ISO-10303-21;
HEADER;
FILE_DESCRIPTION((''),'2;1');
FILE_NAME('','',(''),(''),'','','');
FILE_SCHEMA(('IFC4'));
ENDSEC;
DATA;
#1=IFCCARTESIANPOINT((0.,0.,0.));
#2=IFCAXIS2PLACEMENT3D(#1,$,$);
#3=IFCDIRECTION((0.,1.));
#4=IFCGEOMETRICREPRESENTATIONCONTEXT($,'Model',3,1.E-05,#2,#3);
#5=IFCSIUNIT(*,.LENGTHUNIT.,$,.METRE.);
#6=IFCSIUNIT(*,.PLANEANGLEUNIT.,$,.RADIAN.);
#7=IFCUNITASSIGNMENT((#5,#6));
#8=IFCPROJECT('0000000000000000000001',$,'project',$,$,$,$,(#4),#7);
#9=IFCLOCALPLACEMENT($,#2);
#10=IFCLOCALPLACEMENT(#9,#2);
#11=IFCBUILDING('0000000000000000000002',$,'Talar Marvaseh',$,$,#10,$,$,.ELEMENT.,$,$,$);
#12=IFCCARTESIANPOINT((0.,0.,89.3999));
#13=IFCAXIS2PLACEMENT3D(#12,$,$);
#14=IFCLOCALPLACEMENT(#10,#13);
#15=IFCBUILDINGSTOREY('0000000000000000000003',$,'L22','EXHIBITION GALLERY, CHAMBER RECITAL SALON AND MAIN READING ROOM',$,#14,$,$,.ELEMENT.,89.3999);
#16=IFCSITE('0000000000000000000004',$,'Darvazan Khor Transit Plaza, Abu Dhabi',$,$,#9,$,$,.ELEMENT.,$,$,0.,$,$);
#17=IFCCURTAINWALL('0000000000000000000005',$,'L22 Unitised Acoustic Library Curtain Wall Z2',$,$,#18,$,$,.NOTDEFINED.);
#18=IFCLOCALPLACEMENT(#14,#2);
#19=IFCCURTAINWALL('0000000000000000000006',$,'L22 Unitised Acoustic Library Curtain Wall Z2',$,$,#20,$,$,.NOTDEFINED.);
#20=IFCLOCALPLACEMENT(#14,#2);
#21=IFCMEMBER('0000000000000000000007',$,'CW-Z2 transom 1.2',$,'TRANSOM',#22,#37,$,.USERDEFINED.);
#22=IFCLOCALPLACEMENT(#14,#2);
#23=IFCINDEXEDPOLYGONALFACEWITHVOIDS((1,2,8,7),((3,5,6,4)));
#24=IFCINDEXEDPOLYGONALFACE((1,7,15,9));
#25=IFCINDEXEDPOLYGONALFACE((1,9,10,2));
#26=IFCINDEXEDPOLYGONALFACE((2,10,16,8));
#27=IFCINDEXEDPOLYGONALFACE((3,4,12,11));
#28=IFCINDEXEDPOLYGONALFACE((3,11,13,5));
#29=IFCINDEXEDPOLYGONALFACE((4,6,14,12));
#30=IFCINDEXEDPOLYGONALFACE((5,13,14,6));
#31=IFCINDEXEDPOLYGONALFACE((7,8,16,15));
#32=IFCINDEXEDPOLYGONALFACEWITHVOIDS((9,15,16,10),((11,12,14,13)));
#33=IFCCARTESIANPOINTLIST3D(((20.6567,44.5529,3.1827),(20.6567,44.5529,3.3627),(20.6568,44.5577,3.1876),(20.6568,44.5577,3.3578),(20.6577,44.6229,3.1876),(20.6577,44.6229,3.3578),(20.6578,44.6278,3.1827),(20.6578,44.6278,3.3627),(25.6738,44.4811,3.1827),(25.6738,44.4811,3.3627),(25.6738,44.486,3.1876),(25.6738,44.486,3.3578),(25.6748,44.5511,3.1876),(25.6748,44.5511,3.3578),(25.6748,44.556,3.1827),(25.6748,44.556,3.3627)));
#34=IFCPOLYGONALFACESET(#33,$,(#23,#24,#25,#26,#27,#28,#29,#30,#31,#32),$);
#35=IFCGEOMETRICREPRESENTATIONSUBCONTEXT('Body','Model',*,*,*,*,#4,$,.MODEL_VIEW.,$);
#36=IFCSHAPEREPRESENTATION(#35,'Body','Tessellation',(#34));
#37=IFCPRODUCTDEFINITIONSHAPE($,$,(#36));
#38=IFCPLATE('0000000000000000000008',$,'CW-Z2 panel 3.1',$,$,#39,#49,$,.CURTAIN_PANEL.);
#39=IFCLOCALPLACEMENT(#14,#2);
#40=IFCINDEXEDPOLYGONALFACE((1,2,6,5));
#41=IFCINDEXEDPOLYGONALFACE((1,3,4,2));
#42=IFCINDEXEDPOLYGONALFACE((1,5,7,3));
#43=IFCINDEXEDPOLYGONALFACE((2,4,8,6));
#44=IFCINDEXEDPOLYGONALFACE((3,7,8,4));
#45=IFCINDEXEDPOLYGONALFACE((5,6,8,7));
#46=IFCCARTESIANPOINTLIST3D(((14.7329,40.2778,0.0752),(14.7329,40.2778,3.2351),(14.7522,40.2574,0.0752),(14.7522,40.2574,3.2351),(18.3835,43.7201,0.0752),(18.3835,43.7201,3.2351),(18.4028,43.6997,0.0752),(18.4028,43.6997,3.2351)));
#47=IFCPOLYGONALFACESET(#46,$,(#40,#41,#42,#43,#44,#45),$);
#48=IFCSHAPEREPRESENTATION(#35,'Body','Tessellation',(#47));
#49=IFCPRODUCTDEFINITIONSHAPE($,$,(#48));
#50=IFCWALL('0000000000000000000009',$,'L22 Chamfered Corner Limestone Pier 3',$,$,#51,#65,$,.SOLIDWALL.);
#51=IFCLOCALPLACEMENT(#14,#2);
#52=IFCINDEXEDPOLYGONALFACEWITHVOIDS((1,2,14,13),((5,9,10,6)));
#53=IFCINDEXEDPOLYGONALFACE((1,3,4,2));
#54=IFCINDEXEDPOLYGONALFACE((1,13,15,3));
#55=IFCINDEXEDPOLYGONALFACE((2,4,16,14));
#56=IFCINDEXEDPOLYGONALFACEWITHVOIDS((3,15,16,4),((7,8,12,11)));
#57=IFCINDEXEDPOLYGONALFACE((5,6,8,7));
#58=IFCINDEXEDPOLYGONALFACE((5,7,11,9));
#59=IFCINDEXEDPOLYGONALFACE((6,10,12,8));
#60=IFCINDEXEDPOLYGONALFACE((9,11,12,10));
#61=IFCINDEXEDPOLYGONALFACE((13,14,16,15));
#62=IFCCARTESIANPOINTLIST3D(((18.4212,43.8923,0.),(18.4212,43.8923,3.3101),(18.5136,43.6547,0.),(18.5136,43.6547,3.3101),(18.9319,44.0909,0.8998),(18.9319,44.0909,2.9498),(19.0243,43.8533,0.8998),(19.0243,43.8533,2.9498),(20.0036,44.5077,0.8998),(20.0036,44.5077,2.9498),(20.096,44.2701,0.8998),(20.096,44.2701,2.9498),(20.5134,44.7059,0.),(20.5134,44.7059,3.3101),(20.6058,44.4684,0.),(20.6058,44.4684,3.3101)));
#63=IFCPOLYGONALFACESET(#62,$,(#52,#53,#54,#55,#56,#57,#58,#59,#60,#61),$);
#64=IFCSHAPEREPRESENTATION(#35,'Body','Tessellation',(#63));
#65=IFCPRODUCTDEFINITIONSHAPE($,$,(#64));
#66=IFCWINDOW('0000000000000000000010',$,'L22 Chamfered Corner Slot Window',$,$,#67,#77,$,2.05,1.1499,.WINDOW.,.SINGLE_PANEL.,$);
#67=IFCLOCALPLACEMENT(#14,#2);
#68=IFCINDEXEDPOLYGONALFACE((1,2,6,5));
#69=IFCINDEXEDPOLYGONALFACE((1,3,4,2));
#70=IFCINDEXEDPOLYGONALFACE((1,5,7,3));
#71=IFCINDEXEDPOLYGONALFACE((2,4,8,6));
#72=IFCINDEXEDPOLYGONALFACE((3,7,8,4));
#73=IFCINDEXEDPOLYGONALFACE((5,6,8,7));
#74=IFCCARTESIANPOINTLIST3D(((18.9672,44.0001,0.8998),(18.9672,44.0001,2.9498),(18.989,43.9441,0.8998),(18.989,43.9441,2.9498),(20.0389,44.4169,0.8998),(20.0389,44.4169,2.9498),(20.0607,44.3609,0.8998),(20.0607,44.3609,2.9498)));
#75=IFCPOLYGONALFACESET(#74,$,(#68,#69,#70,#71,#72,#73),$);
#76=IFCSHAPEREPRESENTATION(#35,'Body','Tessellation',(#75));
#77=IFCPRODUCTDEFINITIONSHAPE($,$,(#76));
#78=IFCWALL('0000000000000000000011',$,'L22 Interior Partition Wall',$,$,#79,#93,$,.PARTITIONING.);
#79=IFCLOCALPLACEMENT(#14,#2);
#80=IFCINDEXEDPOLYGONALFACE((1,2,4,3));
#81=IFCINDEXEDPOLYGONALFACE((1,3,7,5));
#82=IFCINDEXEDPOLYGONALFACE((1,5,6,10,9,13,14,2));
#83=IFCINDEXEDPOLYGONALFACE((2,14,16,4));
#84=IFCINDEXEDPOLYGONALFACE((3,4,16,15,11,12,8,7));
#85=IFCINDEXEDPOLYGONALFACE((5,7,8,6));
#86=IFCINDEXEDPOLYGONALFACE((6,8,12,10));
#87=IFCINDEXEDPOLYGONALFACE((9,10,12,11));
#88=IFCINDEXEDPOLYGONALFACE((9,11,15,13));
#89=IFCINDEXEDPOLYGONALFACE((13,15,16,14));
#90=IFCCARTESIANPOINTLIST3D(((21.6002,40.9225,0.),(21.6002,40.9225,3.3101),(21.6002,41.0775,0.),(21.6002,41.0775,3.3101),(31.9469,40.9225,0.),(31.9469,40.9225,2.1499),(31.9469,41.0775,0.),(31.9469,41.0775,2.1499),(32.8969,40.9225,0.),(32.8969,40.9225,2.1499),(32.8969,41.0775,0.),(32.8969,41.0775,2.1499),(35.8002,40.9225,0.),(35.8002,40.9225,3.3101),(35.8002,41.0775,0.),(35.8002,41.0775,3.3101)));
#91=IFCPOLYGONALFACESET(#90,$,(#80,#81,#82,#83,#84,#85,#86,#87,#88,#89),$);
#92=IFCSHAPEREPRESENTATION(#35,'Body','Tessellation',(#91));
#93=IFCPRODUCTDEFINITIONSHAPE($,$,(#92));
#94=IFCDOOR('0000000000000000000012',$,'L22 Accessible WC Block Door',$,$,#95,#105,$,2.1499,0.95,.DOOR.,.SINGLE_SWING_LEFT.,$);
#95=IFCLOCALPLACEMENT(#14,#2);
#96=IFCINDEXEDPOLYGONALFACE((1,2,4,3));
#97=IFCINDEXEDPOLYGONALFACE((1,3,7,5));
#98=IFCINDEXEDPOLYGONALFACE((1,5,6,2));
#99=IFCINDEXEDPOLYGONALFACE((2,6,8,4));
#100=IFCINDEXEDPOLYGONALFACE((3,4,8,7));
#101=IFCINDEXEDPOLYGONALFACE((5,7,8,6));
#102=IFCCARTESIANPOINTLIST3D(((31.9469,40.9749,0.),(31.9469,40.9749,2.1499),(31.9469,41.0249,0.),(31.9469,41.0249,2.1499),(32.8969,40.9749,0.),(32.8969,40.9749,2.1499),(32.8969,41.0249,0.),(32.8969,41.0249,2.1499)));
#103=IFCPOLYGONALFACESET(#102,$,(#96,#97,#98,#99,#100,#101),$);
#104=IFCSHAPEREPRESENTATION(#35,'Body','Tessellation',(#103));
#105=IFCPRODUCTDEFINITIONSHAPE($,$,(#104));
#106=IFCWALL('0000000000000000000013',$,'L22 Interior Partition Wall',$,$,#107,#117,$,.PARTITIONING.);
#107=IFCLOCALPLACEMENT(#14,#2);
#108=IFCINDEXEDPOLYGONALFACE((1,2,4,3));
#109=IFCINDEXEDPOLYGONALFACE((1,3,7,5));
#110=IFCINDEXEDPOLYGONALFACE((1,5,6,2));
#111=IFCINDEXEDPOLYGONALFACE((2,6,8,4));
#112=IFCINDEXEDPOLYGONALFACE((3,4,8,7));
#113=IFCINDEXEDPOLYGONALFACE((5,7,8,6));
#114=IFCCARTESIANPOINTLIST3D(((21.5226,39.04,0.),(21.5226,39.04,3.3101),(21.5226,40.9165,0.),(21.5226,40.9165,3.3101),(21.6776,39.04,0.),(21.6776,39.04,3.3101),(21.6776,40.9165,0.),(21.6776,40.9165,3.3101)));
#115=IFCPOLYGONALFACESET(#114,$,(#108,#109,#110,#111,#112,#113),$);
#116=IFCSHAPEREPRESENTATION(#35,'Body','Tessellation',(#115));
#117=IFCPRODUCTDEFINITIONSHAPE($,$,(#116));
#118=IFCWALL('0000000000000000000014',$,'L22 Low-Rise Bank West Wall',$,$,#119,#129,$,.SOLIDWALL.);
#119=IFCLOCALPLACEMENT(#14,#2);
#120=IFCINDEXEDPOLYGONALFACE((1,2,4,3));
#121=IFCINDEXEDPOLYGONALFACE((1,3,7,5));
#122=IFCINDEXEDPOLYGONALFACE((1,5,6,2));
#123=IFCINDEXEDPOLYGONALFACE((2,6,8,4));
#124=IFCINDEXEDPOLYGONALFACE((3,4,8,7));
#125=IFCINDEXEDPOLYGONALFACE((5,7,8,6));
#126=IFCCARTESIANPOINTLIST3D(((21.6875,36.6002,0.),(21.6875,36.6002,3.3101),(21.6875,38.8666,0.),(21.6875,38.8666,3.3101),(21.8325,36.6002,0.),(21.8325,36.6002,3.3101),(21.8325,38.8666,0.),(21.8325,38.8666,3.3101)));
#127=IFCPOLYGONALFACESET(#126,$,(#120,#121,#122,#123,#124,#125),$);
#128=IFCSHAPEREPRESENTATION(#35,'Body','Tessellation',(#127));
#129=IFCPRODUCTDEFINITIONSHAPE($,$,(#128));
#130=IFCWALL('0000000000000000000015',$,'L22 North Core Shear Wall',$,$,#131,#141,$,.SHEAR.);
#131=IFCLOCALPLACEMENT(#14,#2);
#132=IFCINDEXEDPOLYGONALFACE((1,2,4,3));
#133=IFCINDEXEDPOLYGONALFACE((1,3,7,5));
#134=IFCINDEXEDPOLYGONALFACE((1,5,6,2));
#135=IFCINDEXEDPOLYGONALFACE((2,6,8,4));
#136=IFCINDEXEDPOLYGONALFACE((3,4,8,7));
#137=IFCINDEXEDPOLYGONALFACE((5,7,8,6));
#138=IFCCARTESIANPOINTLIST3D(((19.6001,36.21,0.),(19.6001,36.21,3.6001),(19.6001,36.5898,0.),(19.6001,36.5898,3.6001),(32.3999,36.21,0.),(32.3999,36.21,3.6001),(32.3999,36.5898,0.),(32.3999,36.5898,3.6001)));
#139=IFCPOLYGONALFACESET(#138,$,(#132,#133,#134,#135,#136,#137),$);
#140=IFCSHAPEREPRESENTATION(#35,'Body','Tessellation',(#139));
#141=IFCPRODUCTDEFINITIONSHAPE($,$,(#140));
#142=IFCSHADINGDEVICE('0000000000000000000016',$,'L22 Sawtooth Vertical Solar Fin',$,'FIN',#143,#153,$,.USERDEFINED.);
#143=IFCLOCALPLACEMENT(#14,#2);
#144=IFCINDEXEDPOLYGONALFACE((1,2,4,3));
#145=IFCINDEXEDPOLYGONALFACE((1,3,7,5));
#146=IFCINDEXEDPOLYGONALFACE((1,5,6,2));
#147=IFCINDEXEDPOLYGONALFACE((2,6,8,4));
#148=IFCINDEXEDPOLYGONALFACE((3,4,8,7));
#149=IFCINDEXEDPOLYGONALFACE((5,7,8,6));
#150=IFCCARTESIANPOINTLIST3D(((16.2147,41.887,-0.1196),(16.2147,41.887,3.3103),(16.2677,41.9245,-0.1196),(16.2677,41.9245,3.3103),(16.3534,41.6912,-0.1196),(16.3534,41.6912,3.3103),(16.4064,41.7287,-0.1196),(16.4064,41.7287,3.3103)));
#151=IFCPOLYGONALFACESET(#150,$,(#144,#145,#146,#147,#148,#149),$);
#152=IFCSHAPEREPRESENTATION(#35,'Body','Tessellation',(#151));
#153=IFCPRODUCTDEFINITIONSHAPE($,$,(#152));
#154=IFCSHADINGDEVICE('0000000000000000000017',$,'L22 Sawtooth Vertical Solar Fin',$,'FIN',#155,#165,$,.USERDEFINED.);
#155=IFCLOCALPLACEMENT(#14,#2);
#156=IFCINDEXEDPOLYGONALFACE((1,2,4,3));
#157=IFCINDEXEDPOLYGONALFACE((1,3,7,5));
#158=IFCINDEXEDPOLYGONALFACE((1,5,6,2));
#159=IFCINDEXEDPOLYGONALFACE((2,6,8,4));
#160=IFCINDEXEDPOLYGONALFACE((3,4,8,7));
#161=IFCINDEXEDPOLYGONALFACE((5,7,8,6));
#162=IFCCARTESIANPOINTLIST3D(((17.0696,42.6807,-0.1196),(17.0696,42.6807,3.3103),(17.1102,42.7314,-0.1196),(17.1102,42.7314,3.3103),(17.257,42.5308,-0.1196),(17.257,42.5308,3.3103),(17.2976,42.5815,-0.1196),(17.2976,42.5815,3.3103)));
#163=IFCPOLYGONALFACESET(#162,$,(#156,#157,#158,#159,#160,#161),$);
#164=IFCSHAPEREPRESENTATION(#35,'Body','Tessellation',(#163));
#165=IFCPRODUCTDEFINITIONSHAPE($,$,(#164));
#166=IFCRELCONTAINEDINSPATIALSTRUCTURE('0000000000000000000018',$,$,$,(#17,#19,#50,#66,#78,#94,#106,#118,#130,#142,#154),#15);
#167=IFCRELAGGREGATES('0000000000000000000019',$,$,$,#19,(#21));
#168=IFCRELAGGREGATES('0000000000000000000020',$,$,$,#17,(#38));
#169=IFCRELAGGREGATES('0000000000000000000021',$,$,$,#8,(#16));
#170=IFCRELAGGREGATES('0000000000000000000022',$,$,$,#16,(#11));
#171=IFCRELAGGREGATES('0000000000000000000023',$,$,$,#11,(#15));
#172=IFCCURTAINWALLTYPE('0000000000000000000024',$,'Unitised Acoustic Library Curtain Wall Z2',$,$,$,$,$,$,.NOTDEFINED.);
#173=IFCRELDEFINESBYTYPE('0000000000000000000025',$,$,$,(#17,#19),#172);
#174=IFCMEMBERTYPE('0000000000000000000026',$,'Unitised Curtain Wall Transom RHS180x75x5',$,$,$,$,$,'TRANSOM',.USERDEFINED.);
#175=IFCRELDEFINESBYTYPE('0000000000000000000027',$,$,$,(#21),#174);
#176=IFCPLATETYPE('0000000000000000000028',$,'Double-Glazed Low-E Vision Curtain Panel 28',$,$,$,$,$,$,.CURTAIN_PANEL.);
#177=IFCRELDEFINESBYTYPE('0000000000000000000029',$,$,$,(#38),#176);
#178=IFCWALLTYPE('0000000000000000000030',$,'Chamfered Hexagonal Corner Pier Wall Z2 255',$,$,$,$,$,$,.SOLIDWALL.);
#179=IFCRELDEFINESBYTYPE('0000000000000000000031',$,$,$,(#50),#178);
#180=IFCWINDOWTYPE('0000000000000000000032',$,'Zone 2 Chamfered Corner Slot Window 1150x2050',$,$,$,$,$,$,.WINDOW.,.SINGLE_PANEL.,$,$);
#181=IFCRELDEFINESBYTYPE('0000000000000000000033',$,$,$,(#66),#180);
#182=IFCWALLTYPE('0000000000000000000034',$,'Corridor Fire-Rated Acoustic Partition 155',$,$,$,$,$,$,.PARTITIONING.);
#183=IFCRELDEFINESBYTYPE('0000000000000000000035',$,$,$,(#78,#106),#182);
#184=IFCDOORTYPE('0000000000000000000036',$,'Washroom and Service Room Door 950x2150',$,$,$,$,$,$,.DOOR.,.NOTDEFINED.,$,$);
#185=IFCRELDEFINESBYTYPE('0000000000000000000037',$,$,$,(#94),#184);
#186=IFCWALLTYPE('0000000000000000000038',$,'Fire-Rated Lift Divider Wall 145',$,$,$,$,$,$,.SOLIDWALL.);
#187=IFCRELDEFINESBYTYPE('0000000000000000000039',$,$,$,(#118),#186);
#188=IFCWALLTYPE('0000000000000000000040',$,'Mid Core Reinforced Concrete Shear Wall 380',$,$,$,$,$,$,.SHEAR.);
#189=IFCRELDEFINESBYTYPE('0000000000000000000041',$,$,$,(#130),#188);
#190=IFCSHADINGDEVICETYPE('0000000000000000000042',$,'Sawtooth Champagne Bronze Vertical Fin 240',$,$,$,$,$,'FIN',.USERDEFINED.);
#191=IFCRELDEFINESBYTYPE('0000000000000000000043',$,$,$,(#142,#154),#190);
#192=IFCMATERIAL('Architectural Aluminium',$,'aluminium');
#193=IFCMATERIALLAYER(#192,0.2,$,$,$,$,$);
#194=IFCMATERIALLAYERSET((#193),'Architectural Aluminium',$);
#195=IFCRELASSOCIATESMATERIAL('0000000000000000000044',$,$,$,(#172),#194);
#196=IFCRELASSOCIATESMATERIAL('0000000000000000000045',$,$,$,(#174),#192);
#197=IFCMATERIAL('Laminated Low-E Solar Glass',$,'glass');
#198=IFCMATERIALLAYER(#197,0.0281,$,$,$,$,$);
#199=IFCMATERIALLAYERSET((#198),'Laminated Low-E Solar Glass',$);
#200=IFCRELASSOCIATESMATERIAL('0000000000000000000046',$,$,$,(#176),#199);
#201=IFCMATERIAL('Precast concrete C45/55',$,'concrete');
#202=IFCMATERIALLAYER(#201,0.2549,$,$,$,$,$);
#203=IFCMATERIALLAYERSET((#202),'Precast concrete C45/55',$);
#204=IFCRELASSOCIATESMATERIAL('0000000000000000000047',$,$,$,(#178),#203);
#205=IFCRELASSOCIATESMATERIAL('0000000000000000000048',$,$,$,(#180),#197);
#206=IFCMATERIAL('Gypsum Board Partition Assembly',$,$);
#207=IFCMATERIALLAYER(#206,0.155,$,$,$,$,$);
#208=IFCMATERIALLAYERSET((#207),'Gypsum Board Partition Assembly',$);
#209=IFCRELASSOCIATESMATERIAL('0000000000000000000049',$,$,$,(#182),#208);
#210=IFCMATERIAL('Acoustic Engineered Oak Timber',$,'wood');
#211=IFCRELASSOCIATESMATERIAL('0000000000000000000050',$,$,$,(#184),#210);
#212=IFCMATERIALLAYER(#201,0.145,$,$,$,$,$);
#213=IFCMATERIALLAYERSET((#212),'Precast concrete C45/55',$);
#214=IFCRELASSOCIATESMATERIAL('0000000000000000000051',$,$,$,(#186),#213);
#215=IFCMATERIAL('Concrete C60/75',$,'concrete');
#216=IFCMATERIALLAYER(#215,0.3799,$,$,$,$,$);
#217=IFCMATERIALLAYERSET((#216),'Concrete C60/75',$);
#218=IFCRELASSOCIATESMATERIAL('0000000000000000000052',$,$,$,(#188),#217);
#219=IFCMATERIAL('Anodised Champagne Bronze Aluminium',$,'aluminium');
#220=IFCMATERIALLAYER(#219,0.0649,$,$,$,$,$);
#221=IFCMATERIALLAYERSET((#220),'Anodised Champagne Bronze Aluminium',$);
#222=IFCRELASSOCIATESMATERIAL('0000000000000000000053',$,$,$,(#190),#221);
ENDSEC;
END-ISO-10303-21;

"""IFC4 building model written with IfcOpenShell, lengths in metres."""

from ifc_helpers import new_model, si_unit, direction, frame, frame_2d, origin, origin_2d, place, context, subcontext, project, spatial, rectangle, hollow_rectangle, extrude, source, transform, mapped, material, layer, layer_set, material_profile, profile_set, type_object, type_shapes, element, fill, aggregate, save


model = new_model("IFC4")

# Units and contexts
model_context = context("Model", 3, precision=1e-05, world=origin(), true_north=direction((0.0, 1.0)))
body_context = subcontext(model_context, "Body", "Model", "MODEL_VIEW")
ifc_project = project(units=[si_unit("LENGTHUNIT", "METRE"), si_unit("PLANEANGLEUNIT", "RADIAN")], contexts=[model_context])

# Site, building, storey
site_placement = place(None, origin())
site = spatial("IfcSite", under=ifc_project, at=site_placement, Name="Darvazan Khor Transit Plaza, Abu Dhabi", CompositionType="ELEMENT", RefElevation=0.0)
building_placement = place(site_placement, origin())
building = spatial("IfcBuilding", under=site, at=building_placement, Name="Talar Marvaseh", CompositionType="ELEMENT")
storey_placement = place(building_placement, frame((0.0, 0.0, 89.3999)))
storey = spatial("IfcBuildingStorey", under=building, at=storey_placement, Name="L22", Description="EXHIBITION GALLERY, CHAMBER RECITAL SALON AND MAIN READING ROOM", CompositionType="ELEMENT", Elevation=89.3999)

# Shared definitions
ifc_material_1 = material(Name="Concrete C60/75", Category="concrete")

# Curtain wall
ifc_material_2 = material(Name="Architectural Aluminium", Category="aluminium")
ifc_layer_1 = layer(ifc_material_2, 0.2)
ifc_layer_set_1 = layer_set([ifc_layer_1], Name="Architectural Aluminium")
curtain_wall_type = type_object("IfcCurtainWallType", Name="Unitised Acoustic Library Curtain Wall Z2", PredefinedType="NOTDEFINED", material=ifc_layer_set_1)
curtain_wall_1_placement = place(storey_placement, origin())
curtain_wall_1 = element("IfcCurtainWall", 1, at=curtain_wall_1_placement, inside=storey, type_object=curtain_wall_type, Name="L22 Unitised Acoustic Library Curtain Wall Z2", PredefinedType="NOTDEFINED")

# Curtain wall, member
curtain_wall_2_placement = place(storey_placement, origin())
curtain_wall_2 = element("IfcCurtainWall", 2, at=curtain_wall_2_placement, inside=storey, type_object=curtain_wall_type, Name="L22 Unitised Acoustic Library Curtain Wall Z2", PredefinedType="NOTDEFINED")
ifc_material_profile_1 = material_profile(ifc_material_2, hollow_rectangle(XDim=0.075, YDim=0.1799, WallThickness=0.0049, at=origin_2d()), Name="RHS180x75x5")
ifc_profile_set_1 = profile_set([ifc_material_profile_1], Name="Architectural Aluminium")
member_type_1 = type_object("IfcMemberType", Name="Unitised Curtain Wall Transom RHS180x75x5", ElementType="TRANSOM", PredefinedType="USERDEFINED", material=ifc_profile_set_1)
shared_shape_1 = source(origin(), body_context, "Body", "SweptSolid", [
    extrude(hollow_rectangle(XDim=0.075, YDim=0.1799, WallThickness=0.0049, at=origin_2d()), origin(), (0.0, 0.0, 1.0), 5.0176),
])
type_shapes(member_type_1, [shared_shape_1])
member_1_placement = place(storey_placement, frame((20.6572, 44.5903, 3.2727), z_axis=(0.999898, -0.014305, 0.0), x_axis=(0.014305, 0.999898, 0.0)))
member_1 = element("IfcMember", 3, at=member_1_placement, type_object=member_type_1, Name="CW-Z2 transom 1.2", ObjectType="TRANSOM", PredefinedType="USERDEFINED", context=body_context, shape_type="MappedRepresentation", body=[
    mapped(shared_shape_1, transform((0.0, 0.0, 0.0), x_axis=(1.0, 0.0, 0.0), y_axis=(0.0, 1.0, 0.0), z_axis=(0.0, 0.0, 1.0), scale=1.0)),
])
aggregate(curtain_wall_2, [member_1])

# Plate
ifc_material_3 = material(Name="Laminated Low-E Solar Glass", Category="glass")
ifc_layer_2 = layer(ifc_material_3, 0.0281)
ifc_layer_set_2 = layer_set([ifc_layer_2], Name="Laminated Low-E Solar Glass")
plate_type = type_object("IfcPlateType", Name="Double-Glazed Low-E Vision Curtain Panel 28", PredefinedType="CURTAIN_PANEL", material=ifc_layer_set_2)
shared_shape_2 = source(origin(), body_context, "Body", "SweptSolid", [
    extrude(rectangle(XDim=5.0176, YDim=0.0281, at=origin_2d()), origin(), (0.0, 0.0, 1.0), 3.1599),
])
type_shapes(plate_type, [shared_shape_2])
plate_placement = place(storey_placement, frame((16.5679, 41.9888, 0.0752), z_axis=(0.0, 0.0, 1.0), x_axis=(0.727559, 0.686045, 0.0)))
plate = element("IfcPlate", 4, at=plate_placement, type_object=plate_type, Name="CW-Z2 panel 3.1", PredefinedType="CURTAIN_PANEL", context=body_context, shape_type="MappedRepresentation", body=[
    mapped(shared_shape_2, transform((0.0, 0.0, 0.0), x_axis=(1.0, 0.0, 0.0), y_axis=(0.0, 1.0, 0.0), z_axis=(0.0, 0.0, 1.0), scale=1.0)),
])
aggregate(curtain_wall_1, [plate])

# Wall, opening, window
ifc_material_4 = material(Name="Precast concrete C45/55", Category="concrete")
ifc_layer_3 = layer(ifc_material_4, 0.2549)
ifc_layer_set_3 = layer_set([ifc_layer_3], Name="Precast concrete C45/55")
wall_type_1 = type_object("IfcWallType", Name="Chamfered Hexagonal Corner Pier Wall Z2 255", PredefinedType="SOLIDWALL", material=ifc_layer_set_3)
wall_1_placement = place(storey_placement, frame((18.4673, 43.7734, 0.0), z_axis=(0.0, 0.0, 1.0), x_axis=(0.931997, 0.362467, 0.0)))
wall_1 = element("IfcWall", 5, at=wall_1_placement, inside=storey, type_object=wall_type_1, Name="L22 Chamfered Corner Limestone Pier 3", PredefinedType="SOLIDWALL", context=body_context, shape_type="SweptSolid", body=[
    extrude(rectangle(XDim=2.2449, YDim=0.2549, at=frame_2d((1.1226, 0.0))), origin(), (0.0, 0.0, 1.0), 3.3101),
])
opening_1_placement = place(wall_1_placement, frame((0.5481, 0.0, 0.8999)))
opening_1 = element("IfcOpeningElement", 6, at=opening_1_placement, cuts=wall_1, PredefinedType="OPENING", context=body_context, shape_type="SweptSolid", body=[
    extrude(rectangle(XDim=1.1499, YDim=2.05, at=frame_2d((0.575, 1.0249))), frame((0.0, 0.1375, 0.0), z_axis=(0.0, -1.0, 0.0), x_axis=(1.0, 0.0, 0.0)), (0.0, 0.0, 1.0), 0.2749),
])
window_type = type_object("IfcWindowType", Name="Zone 2 Chamfered Corner Slot Window 1150x2050", PartitioningType="SINGLE_PANEL", PredefinedType="WINDOW", material=ifc_material_3)
shared_shape_3 = source(origin(), body_context, "Body", "SweptSolid", [
    extrude(rectangle(XDim=1.1499, YDim=2.05, at=frame_2d((0.575, 1.0249))), frame((0.0, 0.03, 0.0), z_axis=(0.0, -1.0, 0.0), x_axis=(1.0, 0.0, 0.0)), (0.0, 0.0, 1.0), 0.0601),
])
type_shapes(window_type, [shared_shape_3])
window_placement = place(opening_1_placement, origin())
window = element("IfcWindow", 7, at=window_placement, inside=storey, type_object=window_type, Name="L22 Chamfered Corner Slot Window", OverallHeight=2.05, OverallWidth=1.1499, PartitioningType="SINGLE_PANEL", PredefinedType="WINDOW", context=body_context, shape_type="MappedRepresentation", body=[
    mapped(shared_shape_3, transform((0.0, 0.0, 0.0), x_axis=(1.0, 0.0, 0.0), y_axis=(0.0, 1.0, 0.0), z_axis=(0.0, 0.0, 1.0), scale=1.0)),
])
fill(opening_1, window)

# Wall, opening, door
ifc_material_5 = material(Name="Gypsum Board Partition Assembly")
ifc_layer_4 = layer(ifc_material_5, 0.155)
ifc_layer_set_4 = layer_set([ifc_layer_4], Name="Gypsum Board Partition Assembly")
wall_type_2 = type_object("IfcWallType", Name="Corridor Fire-Rated Acoustic Partition 155", PredefinedType="PARTITIONING", material=ifc_layer_set_4)
wall_2_placement = place(storey_placement, frame((21.6001, 41.0, 0.0), z_axis=(0.0, 0.0, 1.0), x_axis=(1.0, 0.0, 0.0)))
wall_2 = element("IfcWall", 8, at=wall_2_placement, inside=storey, type_object=wall_type_2, Name="L22 Interior Partition Wall", PredefinedType="PARTITIONING", context=body_context, shape_type="SweptSolid", body=[
    extrude(rectangle(XDim=14.2, YDim=0.155, at=frame_2d((7.1001, 0.0))), origin(), (0.0, 0.0, 1.0), 3.3101),
])
opening_2_placement = place(wall_2_placement, frame((10.3467, 0.0, 0.0)))
opening_2 = element("IfcOpeningElement", 9, at=opening_2_placement, cuts=wall_2, PredefinedType="OPENING", context=body_context, shape_type="SweptSolid", body=[
    extrude(rectangle(XDim=0.95, YDim=2.1499, at=frame_2d((0.4751, 1.075))), frame((0.0, 0.0874, 0.0), z_axis=(0.0, -1.0, 0.0), x_axis=(1.0, 0.0, 0.0)), (0.0, 0.0, 1.0), 0.175),
])
ifc_material_6 = material(Name="Acoustic Engineered Oak Timber", Category="wood")
door_type_1 = type_object("IfcDoorType", Name="Washroom and Service Room Door 950x2150", OperationType="NOTDEFINED", PredefinedType="DOOR", material=ifc_material_6)
shared_shape_4 = source(origin(), body_context, "Body", "SweptSolid", [
    extrude(rectangle(XDim=0.95, YDim=2.1499, at=frame_2d((0.4751, 1.075))), frame((0.0, 0.0249, 0.0), z_axis=(0.0, -1.0, 0.0), x_axis=(1.0, 0.0, 0.0)), (0.0, 0.0, 1.0), 0.05),
])
type_shapes(door_type_1, [shared_shape_4])
door_1_placement = place(opening_2_placement, origin())
door_1 = element("IfcDoor", 10, at=door_1_placement, inside=storey, type_object=door_type_1, Name="L22 Accessible WC Block Door", OperationType="SINGLE_SWING_LEFT", OverallHeight=2.1499, OverallWidth=0.95, PredefinedType="DOOR", context=body_context, shape_type="MappedRepresentation", body=[
    mapped(shared_shape_4, transform((0.0, 0.0, 0.0), x_axis=(1.0, 0.0, 0.0), y_axis=(0.0, 1.0, 0.0), z_axis=(0.0, 0.0, 1.0), scale=1.0)),
])
fill(opening_2, door_1)

# Walls
wall_3_placement = place(storey_placement, frame((21.6001, 39.04, 0.0), z_axis=(0.0, 0.0, 1.0), x_axis=(0.0, 1.0, 0.0)))
element("IfcWall", 11, at=wall_3_placement, inside=storey, type_object=wall_type_2, Name="L22 Interior Partition Wall", PredefinedType="PARTITIONING", context=body_context, shape_type="SweptSolid", body=[
    extrude(rectangle(XDim=1.8765, YDim=0.155, at=frame_2d((0.9382, 0.0))), origin(), (0.0, 0.0, 1.0), 3.3101),
])
ifc_layer_5 = layer(ifc_material_4, 0.145)
ifc_layer_set_5 = layer_set([ifc_layer_5], Name="Precast concrete C45/55")
wall_type_3 = type_object("IfcWallType", Name="Fire-Rated Lift Divider Wall 145", PredefinedType="SOLIDWALL", material=ifc_layer_set_5)
wall_4_placement = place(storey_placement, frame((21.76, 36.6001, 0.0), z_axis=(0.0, 0.0, 1.0), x_axis=(0.0, 1.0, 0.0)))
element("IfcWall", 12, at=wall_4_placement, inside=storey, type_object=wall_type_3, Name="L22 Low-Rise Bank West Wall", PredefinedType="SOLIDWALL", context=body_context, shape_type="SweptSolid", body=[
    extrude(rectangle(XDim=2.2664, YDim=0.145, at=frame_2d((1.1333, 0.0))), origin(), (0.0, 0.0, 1.0), 3.3101),
])

# Wall
ifc_layer_6 = layer(ifc_material_1, 0.3799)
ifc_layer_set_6 = layer_set([ifc_layer_6], Name="Concrete C60/75")
wall_type_4 = type_object("IfcWallType", Name="Mid Core Reinforced Concrete Shear Wall 380", PredefinedType="SHEAR", material=ifc_layer_set_6)
wall_5_placement = place(storey_placement, frame((19.6001, 36.3999, 0.0), z_axis=(0.0, 0.0, 1.0), x_axis=(1.0, 0.0, 0.0)))
element("IfcWall", 13, at=wall_5_placement, inside=storey, type_object=wall_type_4, Name="L22 North Core Shear Wall", PredefinedType="SHEAR", context=body_context, shape_type="SweptSolid", body=[
    extrude(rectangle(XDim=12.7998, YDim=0.3799, at=frame_2d((6.3999, 0.0))), origin(), (0.0, 0.0, 1.0), 3.6001),
])

# Shading devices
ifc_material_7 = material(Name="Anodised Champagne Bronze Aluminium", Category="aluminium")
ifc_layer_7 = layer(ifc_material_7, 0.0649)
ifc_layer_set_7 = layer_set([ifc_layer_7], Name="Anodised Champagne Bronze Aluminium")
shading_device_type = type_object("IfcShadingDeviceType", Name="Sawtooth Champagne Bronze Vertical Fin 240", ElementType="FIN", PredefinedType="USERDEFINED", material=ifc_layer_set_7)
shared_shape_5 = source(origin(), body_context, "Body", "SweptSolid", [
    extrude(rectangle(XDim=0.24, YDim=0.0649, at=origin_2d()), origin(), (0.0, 0.0, 1.0), 3.4299),
])
type_shapes(shading_device_type, [shared_shape_5])
for number, where, z_axis, x_axis, name in (
    (14, (16.3105, 41.8079, -0.1196), (0.0, 0.0, 1.0), (-0.578142, 0.815936, 0.0), "L22 Sawtooth Vertical Solar Fin"),
    (15, (17.1836, 42.6311, -0.1196), (0.0, 0.0, 1.0), (-0.780649, 0.62497, 0.0), "L22 Sawtooth Vertical Solar Fin"),
):
    element("IfcShadingDevice", number, at=place(storey_placement, frame(where, z_axis=z_axis, x_axis=x_axis)), inside=storey, type_object=shading_device_type, Name=name, ObjectType="FIN", PredefinedType="USERDEFINED", context=body_context, shape_type="MappedRepresentation", body=[
        mapped(shared_shape_5, transform((0.0, 0.0, 0.0), x_axis=(1.0, 0.0, 0.0), y_axis=(0.0, 1.0, 0.0), z_axis=(0.0, 0.0, 1.0), scale=1.0)),
    ])

save(model, "model.ifc")
